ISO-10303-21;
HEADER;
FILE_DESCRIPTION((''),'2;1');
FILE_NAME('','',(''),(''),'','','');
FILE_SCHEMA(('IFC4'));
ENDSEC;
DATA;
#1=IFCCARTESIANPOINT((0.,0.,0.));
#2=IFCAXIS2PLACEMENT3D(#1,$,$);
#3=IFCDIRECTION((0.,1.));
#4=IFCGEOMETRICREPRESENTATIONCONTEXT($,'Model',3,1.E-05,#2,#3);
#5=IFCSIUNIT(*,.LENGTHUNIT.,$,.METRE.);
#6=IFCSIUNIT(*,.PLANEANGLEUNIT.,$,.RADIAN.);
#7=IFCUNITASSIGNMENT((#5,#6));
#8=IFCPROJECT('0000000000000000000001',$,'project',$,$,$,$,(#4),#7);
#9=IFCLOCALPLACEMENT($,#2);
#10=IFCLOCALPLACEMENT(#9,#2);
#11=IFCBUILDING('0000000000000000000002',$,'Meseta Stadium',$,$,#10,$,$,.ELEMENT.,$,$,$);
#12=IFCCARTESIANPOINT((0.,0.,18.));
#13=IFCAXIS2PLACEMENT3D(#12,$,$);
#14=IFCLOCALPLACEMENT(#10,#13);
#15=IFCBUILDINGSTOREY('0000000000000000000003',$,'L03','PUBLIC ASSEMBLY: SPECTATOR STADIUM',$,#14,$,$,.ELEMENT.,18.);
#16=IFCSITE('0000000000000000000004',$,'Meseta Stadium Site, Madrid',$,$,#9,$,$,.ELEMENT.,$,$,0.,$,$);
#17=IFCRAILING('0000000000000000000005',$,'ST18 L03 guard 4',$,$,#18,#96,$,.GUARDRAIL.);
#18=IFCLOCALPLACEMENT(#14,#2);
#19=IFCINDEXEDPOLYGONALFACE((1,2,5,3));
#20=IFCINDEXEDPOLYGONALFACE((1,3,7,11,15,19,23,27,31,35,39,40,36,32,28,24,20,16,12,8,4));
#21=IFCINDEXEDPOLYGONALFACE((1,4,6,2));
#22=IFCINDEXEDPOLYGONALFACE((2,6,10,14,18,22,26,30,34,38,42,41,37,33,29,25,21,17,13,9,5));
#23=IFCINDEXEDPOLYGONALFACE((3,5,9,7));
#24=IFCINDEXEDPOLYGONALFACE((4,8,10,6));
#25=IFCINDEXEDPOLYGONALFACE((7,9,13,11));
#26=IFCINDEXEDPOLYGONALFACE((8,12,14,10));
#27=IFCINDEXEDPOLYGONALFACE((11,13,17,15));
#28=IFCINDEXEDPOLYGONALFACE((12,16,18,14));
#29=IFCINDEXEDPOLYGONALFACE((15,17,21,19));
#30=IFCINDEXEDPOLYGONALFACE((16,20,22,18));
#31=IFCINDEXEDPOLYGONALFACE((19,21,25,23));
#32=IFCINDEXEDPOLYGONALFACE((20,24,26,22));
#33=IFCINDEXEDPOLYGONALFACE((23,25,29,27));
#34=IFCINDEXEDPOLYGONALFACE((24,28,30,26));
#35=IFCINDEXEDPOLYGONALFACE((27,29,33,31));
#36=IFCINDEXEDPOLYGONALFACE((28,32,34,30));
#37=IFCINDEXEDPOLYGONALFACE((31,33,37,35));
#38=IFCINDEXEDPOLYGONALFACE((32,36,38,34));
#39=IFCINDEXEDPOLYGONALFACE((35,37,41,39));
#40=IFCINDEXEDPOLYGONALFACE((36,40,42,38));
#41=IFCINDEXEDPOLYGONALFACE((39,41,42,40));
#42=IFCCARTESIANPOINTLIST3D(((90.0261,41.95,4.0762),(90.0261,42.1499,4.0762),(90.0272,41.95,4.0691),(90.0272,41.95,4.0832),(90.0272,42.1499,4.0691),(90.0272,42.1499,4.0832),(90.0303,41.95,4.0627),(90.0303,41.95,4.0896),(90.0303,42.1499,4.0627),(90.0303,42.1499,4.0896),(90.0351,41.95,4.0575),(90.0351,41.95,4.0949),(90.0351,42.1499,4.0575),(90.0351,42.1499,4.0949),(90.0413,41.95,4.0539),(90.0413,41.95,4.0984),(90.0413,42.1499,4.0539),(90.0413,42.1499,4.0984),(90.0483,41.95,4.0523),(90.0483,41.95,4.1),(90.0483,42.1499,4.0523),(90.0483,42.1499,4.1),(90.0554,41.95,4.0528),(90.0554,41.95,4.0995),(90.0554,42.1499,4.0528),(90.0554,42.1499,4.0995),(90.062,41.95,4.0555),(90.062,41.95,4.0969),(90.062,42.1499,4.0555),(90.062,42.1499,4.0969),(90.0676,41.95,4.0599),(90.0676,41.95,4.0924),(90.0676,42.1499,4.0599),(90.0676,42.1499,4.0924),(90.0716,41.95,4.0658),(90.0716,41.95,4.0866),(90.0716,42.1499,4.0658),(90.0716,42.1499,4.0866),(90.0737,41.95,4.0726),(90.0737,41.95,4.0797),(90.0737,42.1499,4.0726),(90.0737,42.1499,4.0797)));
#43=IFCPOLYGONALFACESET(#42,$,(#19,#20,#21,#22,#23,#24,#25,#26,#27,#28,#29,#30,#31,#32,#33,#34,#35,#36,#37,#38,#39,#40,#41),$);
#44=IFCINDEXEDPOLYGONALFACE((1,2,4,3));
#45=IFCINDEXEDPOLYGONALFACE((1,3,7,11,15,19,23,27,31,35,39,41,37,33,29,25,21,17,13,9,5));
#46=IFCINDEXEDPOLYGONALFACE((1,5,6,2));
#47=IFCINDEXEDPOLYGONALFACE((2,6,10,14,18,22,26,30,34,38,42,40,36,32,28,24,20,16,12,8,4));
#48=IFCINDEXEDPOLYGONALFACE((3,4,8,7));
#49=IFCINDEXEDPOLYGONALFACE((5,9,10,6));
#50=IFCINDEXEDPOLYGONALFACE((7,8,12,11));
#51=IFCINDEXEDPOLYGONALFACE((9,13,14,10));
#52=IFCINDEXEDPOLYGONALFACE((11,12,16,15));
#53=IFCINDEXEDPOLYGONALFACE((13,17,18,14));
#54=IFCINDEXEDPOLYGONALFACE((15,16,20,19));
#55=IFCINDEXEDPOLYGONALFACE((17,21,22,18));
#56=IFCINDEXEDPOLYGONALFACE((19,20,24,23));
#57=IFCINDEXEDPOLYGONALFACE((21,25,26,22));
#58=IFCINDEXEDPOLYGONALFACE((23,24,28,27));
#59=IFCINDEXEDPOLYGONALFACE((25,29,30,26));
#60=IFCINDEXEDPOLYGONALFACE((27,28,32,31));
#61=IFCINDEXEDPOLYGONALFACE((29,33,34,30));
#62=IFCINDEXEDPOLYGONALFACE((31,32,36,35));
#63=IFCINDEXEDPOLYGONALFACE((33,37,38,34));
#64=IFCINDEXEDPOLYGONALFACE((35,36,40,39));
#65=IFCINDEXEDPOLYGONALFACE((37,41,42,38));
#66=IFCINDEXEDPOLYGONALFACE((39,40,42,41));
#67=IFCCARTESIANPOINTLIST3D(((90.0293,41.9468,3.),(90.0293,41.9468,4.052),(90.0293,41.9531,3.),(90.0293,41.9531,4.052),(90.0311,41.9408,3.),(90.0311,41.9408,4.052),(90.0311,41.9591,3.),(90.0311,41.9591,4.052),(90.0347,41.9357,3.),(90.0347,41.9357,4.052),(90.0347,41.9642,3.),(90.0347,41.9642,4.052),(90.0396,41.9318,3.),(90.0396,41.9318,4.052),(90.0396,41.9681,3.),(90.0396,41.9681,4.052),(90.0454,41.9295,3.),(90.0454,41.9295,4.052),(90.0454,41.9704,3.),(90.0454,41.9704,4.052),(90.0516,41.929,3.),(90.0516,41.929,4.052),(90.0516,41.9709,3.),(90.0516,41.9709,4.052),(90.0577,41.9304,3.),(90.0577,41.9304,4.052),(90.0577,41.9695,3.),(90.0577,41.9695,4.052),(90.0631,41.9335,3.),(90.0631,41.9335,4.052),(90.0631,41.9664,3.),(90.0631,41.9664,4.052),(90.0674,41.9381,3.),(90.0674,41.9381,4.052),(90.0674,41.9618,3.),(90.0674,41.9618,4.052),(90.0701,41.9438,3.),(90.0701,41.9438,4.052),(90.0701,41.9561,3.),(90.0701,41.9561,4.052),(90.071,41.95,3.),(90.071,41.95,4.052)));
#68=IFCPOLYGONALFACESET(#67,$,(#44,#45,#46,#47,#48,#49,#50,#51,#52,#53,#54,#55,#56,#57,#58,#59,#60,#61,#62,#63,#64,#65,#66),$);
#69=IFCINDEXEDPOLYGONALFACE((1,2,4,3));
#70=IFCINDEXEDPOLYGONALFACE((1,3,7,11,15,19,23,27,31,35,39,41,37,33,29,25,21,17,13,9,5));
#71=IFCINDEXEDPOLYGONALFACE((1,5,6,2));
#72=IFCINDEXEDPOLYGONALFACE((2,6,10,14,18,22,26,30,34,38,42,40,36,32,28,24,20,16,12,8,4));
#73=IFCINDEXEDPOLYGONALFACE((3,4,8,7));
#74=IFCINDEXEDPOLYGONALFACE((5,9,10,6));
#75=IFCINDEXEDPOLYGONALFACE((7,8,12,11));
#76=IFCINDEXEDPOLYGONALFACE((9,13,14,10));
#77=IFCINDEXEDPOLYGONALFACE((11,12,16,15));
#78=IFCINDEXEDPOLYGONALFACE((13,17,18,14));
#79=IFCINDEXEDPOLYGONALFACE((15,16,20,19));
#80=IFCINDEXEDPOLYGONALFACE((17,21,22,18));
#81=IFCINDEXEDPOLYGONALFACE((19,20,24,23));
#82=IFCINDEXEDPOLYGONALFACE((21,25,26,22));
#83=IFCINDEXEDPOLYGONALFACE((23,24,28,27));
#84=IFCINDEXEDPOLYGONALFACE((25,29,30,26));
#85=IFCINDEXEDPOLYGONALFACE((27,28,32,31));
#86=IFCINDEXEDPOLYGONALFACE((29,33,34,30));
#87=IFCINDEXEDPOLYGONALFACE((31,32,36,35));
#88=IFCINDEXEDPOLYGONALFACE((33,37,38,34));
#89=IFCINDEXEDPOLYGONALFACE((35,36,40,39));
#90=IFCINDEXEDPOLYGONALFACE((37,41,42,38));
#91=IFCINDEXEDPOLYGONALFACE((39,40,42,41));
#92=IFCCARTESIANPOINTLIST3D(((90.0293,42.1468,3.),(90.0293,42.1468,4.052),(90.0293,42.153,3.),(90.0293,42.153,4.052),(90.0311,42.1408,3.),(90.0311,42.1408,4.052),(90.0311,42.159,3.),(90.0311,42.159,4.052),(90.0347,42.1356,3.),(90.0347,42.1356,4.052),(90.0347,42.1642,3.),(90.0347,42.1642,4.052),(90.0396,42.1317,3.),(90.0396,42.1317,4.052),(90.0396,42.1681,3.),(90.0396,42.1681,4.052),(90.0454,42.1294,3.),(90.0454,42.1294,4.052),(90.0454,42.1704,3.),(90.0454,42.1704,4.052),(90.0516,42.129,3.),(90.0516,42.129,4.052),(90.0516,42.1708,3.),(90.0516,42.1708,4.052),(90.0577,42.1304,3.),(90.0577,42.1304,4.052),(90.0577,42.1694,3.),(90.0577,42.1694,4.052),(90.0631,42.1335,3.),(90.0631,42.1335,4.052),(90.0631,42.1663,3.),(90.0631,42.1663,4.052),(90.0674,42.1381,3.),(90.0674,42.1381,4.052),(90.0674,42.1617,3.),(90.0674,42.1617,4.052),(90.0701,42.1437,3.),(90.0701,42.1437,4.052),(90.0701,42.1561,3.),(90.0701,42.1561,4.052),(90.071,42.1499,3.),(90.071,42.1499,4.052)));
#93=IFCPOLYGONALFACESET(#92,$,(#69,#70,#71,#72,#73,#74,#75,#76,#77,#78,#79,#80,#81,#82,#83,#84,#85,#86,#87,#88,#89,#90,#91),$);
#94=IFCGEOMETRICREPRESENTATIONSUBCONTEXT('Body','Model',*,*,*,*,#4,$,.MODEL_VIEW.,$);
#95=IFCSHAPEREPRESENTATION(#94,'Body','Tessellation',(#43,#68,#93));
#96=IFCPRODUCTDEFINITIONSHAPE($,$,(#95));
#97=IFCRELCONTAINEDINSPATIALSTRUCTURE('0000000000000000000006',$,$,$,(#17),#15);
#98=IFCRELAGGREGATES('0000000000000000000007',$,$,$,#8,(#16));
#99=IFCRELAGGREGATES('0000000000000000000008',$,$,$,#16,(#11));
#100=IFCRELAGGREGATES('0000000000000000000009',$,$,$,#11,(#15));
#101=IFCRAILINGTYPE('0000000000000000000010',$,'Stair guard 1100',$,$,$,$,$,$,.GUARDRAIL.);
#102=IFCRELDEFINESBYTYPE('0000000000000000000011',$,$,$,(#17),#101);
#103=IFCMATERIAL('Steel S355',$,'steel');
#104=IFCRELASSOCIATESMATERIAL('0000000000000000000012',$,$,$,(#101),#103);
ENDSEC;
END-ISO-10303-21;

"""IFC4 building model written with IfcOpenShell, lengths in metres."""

from ifc_helpers import new_model, si_unit, direction, frame, origin, origin_2d, place, context, subcontext, project, spatial, circle, extrude, material, type_object, element, save


model = new_model("IFC4")

# Units and contexts
model_context = context("Model", 3, precision=1e-05, world=origin(), true_north=direction((0.0, 1.0)))
body_context = subcontext(model_context, "Body", "Model", "MODEL_VIEW")
ifc_project = project(units=[si_unit("LENGTHUNIT", "METRE"), si_unit("PLANEANGLEUNIT", "RADIAN")], contexts=[model_context])

# Site, building, storey
site_placement = place(None, origin())
site = spatial("IfcSite", under=ifc_project, at=site_placement, Name="Meseta Stadium Site, Madrid", CompositionType="ELEMENT", RefElevation=0.0)
building_placement = place(site_placement, origin())
building = spatial("IfcBuilding", under=site, at=building_placement, Name="Meseta Stadium", CompositionType="ELEMENT")
storey_placement = place(building_placement, frame((0.0, 0.0, 18.0)))
storey = spatial("IfcBuildingStorey", under=building, at=storey_placement, Name="L03", Description="PUBLIC ASSEMBLY: SPECTATOR STADIUM", CompositionType="ELEMENT", Elevation=18.0)

# Railing
ifc_material_1 = material(Name="Steel S355", Category="steel")
railing_type_1 = type_object("IfcRailingType", Name="Stair guard 1100", PredefinedType="GUARDRAIL", material=ifc_material_1)
railing_1_placement = place(storey_placement, frame((90.05, 41.95, 3.0)))
element("IfcRailing", 1, at=railing_1_placement, inside=storey, type_object=railing_type_1, Name="ST18 L03 guard 4", PredefinedType="GUARDRAIL", context=body_context, shape_type="SweptSolid", body=[
    extrude(circle(Radius=0.0239, at=origin_2d()), frame((0.0, 0.0, 1.0762), z_axis=(0.0, 1.0, 0.0), x_axis=(-1.0, 0.0, 0.0)), (0.0, 0.0, 1.0), 0.2),
    extrude(circle(Radius=0.021, at=origin_2d()), origin(), (0.0, 0.0, 1.0), 1.052),
    extrude(circle(Radius=0.021, at=origin_2d()), frame((0.0, 0.2, 0.0)), (0.0, 0.0, 1.0), 1.052),
])

save(model, "model.ifc")
